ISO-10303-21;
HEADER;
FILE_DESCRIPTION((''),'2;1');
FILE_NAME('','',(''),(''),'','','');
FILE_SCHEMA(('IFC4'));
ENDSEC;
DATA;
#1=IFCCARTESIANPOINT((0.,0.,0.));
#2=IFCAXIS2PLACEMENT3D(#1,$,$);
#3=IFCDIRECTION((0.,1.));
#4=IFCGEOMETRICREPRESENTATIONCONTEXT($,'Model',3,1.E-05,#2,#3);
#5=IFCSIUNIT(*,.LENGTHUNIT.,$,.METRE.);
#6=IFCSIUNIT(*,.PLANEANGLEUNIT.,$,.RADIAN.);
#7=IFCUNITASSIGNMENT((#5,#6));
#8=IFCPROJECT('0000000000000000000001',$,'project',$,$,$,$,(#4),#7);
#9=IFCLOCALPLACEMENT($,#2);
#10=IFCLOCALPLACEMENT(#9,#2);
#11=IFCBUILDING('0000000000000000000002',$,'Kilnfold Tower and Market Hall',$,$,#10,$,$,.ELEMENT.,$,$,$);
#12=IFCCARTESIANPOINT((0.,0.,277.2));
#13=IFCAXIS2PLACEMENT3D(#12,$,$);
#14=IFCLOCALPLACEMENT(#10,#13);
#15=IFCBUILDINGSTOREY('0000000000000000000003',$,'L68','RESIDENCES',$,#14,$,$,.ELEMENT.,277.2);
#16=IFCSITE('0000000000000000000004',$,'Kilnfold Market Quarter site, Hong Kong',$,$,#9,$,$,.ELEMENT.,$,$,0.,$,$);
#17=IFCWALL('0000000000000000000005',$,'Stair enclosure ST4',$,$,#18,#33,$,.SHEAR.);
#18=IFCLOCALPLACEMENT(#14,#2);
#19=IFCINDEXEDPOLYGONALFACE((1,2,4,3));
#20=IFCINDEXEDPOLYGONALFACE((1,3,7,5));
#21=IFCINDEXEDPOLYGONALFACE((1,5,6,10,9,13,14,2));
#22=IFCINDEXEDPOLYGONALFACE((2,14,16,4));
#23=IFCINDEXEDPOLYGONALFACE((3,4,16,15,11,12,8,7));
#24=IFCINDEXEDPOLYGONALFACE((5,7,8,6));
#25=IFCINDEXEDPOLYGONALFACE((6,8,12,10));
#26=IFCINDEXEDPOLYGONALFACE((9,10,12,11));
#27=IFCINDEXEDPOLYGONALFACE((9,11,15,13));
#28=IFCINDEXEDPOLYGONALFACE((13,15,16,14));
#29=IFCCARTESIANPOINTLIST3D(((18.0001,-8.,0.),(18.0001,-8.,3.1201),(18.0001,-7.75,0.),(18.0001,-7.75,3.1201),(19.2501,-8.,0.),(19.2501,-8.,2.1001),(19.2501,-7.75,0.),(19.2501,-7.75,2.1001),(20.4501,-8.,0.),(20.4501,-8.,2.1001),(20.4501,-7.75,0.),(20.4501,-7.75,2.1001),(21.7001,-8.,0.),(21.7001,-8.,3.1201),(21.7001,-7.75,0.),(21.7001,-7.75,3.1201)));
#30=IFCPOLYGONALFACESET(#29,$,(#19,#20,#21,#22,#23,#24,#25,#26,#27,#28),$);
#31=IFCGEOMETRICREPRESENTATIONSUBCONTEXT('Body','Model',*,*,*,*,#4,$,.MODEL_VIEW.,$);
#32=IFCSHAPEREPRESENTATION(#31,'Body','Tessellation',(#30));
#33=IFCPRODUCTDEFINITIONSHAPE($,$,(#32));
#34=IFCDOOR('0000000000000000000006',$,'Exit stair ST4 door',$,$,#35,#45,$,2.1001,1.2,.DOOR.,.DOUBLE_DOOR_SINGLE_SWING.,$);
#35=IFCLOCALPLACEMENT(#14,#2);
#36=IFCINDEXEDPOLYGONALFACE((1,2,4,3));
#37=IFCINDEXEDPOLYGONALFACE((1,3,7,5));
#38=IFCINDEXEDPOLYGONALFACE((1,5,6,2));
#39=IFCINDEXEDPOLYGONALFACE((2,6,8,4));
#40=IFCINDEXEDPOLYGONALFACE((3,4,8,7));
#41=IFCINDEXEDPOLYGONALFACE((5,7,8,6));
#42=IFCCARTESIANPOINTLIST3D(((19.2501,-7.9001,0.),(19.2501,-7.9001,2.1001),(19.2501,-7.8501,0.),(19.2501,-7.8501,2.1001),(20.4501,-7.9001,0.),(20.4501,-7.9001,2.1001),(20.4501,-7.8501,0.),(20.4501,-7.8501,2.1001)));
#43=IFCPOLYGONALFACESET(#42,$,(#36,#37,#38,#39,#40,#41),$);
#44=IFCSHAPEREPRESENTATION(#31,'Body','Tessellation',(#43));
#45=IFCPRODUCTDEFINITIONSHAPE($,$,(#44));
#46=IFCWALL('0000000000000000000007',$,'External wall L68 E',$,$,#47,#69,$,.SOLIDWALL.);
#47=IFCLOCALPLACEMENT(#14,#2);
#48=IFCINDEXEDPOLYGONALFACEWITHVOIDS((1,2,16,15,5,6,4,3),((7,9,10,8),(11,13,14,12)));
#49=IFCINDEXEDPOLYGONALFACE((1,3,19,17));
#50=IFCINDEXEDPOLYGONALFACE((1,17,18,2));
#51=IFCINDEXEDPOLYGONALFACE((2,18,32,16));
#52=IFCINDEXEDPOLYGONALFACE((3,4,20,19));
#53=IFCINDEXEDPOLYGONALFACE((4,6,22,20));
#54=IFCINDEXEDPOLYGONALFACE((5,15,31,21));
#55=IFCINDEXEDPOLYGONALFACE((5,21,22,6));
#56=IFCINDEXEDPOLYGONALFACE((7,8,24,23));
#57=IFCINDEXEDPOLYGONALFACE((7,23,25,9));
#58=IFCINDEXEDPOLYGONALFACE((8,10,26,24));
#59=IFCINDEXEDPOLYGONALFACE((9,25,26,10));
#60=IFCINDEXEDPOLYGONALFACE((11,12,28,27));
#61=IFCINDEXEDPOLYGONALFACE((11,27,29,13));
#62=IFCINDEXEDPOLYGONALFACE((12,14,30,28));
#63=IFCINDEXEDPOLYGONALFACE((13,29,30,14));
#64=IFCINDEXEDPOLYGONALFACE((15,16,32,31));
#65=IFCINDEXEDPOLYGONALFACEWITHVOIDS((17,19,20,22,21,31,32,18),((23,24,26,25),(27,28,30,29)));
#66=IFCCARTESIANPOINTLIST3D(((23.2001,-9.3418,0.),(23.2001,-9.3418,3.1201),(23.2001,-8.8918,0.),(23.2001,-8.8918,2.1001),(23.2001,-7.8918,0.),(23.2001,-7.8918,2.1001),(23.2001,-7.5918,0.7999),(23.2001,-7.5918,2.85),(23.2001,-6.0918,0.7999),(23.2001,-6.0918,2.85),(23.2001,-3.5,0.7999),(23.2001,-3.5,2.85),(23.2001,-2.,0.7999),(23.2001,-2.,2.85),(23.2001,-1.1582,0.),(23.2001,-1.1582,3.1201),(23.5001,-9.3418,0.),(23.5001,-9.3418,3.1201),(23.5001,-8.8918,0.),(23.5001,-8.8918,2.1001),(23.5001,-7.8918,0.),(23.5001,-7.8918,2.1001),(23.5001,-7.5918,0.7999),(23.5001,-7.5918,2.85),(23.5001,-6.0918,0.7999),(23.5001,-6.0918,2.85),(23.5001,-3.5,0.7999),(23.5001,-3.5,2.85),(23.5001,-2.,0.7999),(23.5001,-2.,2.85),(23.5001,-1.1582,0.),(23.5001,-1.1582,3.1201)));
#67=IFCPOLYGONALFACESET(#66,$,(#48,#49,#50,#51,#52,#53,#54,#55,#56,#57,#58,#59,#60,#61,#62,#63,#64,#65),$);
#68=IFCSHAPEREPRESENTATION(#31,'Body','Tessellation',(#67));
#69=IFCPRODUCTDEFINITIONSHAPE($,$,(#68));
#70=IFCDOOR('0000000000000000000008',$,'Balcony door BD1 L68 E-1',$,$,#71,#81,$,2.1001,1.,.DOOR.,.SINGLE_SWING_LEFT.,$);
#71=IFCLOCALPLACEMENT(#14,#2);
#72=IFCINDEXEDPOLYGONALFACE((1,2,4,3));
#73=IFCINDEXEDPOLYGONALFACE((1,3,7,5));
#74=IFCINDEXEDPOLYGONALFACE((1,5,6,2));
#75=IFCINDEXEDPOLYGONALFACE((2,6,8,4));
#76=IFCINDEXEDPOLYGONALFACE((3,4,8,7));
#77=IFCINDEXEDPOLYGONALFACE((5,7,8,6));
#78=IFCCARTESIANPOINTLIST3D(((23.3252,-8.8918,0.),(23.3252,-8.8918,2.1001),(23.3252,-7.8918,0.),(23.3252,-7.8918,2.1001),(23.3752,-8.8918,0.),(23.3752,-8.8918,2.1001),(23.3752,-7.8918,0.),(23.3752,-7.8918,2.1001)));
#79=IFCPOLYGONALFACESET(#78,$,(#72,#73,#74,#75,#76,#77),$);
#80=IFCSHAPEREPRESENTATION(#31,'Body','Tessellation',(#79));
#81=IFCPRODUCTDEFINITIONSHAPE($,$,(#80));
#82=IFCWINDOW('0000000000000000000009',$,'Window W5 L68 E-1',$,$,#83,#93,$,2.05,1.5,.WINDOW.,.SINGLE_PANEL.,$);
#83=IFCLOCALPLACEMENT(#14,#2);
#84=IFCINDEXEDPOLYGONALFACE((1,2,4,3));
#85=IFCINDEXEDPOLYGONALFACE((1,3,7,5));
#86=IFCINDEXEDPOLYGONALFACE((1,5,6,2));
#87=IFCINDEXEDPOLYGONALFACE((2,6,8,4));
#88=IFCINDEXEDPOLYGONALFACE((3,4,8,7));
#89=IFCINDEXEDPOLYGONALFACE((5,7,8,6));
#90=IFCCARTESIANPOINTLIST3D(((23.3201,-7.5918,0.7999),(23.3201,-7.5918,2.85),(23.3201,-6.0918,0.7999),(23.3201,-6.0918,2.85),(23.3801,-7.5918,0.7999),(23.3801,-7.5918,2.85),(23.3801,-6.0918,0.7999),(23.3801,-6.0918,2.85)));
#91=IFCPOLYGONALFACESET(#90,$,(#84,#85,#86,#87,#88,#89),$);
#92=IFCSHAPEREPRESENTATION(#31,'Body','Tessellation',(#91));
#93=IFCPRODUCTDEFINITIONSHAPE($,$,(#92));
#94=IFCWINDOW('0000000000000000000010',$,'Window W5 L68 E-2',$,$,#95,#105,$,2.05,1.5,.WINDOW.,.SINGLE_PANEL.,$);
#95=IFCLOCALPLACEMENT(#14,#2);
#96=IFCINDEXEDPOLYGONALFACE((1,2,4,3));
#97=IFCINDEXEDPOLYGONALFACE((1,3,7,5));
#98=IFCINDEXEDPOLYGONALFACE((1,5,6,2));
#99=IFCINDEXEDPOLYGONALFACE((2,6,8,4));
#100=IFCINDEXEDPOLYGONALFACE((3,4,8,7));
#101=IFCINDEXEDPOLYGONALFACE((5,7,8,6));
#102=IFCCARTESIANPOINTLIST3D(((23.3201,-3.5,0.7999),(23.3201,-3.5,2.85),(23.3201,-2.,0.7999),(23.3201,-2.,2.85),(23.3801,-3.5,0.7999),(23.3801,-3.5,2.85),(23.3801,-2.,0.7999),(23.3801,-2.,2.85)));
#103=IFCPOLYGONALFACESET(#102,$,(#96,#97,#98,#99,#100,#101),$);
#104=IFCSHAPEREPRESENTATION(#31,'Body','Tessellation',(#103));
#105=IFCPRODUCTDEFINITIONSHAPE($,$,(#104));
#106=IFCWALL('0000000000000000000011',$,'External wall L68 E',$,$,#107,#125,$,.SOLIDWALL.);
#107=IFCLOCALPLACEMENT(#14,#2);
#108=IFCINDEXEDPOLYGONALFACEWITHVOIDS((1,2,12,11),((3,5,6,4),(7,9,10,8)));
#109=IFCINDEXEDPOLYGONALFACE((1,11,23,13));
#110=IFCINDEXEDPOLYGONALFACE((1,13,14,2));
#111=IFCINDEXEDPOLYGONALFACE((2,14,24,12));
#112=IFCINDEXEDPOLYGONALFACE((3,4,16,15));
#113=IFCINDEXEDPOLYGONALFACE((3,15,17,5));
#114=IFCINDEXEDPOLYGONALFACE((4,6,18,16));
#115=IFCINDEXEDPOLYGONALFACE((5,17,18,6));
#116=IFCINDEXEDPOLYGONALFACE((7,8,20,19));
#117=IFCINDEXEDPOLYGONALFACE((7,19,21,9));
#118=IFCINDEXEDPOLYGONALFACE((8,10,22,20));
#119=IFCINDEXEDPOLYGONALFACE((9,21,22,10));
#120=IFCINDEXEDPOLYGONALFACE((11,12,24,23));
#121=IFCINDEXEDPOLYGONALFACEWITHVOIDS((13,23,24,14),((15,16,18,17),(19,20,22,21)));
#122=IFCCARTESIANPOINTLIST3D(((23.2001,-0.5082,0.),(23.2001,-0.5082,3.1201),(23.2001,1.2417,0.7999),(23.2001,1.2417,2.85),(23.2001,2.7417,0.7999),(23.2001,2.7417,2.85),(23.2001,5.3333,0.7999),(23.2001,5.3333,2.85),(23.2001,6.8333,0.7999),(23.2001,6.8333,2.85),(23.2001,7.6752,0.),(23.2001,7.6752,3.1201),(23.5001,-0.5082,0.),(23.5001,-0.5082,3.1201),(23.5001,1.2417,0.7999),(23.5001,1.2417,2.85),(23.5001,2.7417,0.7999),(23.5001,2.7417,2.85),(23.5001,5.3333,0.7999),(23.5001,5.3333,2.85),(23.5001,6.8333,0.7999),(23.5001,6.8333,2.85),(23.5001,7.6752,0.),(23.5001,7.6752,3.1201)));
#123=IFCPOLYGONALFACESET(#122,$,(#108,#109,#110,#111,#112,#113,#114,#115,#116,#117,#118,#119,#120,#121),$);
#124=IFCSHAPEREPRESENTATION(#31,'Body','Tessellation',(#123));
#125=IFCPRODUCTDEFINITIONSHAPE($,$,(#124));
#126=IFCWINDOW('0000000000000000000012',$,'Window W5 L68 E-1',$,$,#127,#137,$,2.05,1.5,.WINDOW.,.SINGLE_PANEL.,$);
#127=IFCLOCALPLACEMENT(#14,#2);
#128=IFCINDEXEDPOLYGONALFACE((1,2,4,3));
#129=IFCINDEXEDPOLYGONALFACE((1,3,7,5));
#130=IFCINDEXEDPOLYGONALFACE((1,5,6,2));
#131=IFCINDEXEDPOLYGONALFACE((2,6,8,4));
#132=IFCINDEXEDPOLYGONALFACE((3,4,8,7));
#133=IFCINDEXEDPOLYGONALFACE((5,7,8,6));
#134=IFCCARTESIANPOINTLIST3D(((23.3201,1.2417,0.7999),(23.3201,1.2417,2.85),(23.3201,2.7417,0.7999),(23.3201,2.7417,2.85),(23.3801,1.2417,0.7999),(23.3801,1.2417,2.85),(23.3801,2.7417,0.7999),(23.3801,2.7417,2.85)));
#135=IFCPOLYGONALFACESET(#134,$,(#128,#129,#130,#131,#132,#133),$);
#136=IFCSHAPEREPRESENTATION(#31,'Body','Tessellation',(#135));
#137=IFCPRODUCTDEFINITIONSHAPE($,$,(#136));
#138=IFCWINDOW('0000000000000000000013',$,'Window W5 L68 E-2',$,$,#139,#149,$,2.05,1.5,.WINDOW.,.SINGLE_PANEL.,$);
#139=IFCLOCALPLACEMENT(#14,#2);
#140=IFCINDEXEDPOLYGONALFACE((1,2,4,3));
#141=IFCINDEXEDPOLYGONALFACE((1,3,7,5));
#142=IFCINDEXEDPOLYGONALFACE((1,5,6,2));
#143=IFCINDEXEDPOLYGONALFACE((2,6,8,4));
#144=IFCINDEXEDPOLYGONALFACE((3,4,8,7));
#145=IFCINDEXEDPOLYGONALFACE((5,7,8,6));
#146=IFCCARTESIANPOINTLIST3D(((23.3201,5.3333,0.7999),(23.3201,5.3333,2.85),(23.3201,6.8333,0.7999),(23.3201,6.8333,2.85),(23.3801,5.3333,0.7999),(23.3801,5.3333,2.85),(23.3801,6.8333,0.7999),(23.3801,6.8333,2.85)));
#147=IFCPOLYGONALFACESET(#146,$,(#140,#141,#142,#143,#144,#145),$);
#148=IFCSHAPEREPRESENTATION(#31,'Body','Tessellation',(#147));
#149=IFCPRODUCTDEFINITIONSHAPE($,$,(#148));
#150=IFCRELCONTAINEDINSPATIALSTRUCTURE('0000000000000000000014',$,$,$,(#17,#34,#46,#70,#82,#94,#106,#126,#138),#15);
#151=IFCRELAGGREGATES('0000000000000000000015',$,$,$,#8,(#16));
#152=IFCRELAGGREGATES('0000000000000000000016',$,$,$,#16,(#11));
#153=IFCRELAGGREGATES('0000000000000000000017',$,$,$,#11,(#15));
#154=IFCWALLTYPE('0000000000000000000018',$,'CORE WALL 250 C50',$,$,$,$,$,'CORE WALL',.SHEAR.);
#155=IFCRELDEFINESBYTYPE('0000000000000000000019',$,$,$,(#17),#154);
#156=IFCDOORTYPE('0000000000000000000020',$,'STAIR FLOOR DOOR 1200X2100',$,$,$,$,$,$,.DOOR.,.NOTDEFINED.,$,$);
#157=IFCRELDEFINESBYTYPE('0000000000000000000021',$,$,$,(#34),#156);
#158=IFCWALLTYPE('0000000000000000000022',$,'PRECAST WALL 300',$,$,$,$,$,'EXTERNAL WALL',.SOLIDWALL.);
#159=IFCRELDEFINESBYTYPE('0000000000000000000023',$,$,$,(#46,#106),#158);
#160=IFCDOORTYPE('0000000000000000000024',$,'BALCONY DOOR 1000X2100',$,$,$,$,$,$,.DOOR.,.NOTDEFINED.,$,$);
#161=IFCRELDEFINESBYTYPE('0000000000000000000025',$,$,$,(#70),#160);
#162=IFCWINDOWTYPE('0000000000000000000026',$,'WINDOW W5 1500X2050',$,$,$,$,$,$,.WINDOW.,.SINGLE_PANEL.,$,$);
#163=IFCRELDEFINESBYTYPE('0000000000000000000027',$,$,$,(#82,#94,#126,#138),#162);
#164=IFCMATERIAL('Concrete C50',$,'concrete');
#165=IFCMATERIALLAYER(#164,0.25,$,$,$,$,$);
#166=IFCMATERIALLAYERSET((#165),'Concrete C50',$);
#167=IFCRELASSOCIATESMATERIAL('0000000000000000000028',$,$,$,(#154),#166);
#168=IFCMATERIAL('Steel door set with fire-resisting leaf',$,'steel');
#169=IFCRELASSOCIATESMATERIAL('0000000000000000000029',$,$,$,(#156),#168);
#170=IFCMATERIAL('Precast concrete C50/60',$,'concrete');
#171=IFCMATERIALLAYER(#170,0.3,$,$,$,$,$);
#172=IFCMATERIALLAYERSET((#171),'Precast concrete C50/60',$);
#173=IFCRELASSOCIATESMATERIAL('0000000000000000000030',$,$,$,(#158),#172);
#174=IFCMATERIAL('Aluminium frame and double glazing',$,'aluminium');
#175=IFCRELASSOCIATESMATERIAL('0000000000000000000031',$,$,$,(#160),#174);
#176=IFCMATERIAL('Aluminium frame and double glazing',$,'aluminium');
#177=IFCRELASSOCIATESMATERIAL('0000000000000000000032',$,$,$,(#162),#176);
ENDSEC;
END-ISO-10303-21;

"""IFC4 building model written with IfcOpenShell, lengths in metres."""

from ifc_helpers import new_model, si_unit, direction, frame, frame_2d, origin, place, context, subcontext, project, spatial, rectangle, extrude, source, transform, mapped, material, layer, layer_set, type_object, element, fill, save


model = new_model("IFC4")

# Units and contexts
model_context = context("Model", 3, precision=1e-05, world=origin(), true_north=direction((0.0, 1.0)))
body_context = subcontext(model_context, "Body", "Model", "MODEL_VIEW")
ifc_project = project(units=[si_unit("LENGTHUNIT", "METRE"), si_unit("PLANEANGLEUNIT", "RADIAN")], contexts=[model_context])

# Site, building, storey
site_placement = place(None, origin())
site = spatial("IfcSite", under=ifc_project, at=site_placement, Name="Kilnfold Market Quarter site, Hong Kong", CompositionType="ELEMENT", RefElevation=0.0)
building_placement = place(site_placement, origin())
building = spatial("IfcBuilding", under=site, at=building_placement, Name="Kilnfold Tower and Market Hall", CompositionType="ELEMENT")
storey_placement = place(building_placement, frame((0.0, 0.0, 277.2)))
storey = spatial("IfcBuildingStorey", under=building, at=storey_placement, Name="L68", Description="RESIDENCES", CompositionType="ELEMENT", Elevation=277.2)

# Wall, opening, door
ifc_material_1 = material(Name="Concrete C50", Category="concrete")
ifc_layer_1 = layer(ifc_material_1, 0.25)
ifc_layer_set_1 = layer_set([ifc_layer_1], Name="Concrete C50")
wall_type_1 = type_object("IfcWallType", Name="CORE WALL 250 C50", ElementType="CORE WALL", PredefinedType="SHEAR", material=ifc_layer_set_1)
shared_shape_1 = source(origin(), body_context, "Body", "SweptSolid", [
    extrude(rectangle(XDim=3.7, YDim=0.25, at=frame_2d((1.8501, 0.0))), origin(), (0.0, 0.0, 1.0), 3.1201),
])
wall_1_placement = place(storey_placement, frame((18.0, -7.875, 0.0), z_axis=(0.0, 0.0, 1.0), x_axis=(1.0, 0.0, 0.0)))
wall_1 = element("IfcWall", 1, at=wall_1_placement, inside=storey, type_object=wall_type_1, Name="Stair enclosure ST4", PredefinedType="SHEAR", context=body_context, shape_type="MappedRepresentation", body=[
    mapped(shared_shape_1, transform((0.0, 0.0, 0.0))),
])
opening_1_placement = place(wall_1_placement, frame((1.25, 0.0, 0.0)))
opening_1 = element("IfcOpeningElement", 2, at=opening_1_placement, cuts=wall_1, PredefinedType="OPENING", context=body_context, shape_type="SweptSolid", body=[
    extrude(rectangle(XDim=1.2, YDim=2.1001, at=frame_2d((0.6001, 1.05))), frame((0.0, 0.135, 0.0), z_axis=(0.0, -1.0, 0.0), x_axis=(1.0, 0.0, 0.0)), (0.0, 0.0, 1.0), 0.27),
])
ifc_material_2 = material(Name="Steel door set with fire-resisting leaf", Category="steel")
door_type_1 = type_object("IfcDoorType", Name="STAIR FLOOR DOOR 1200X2100", OperationType="NOTDEFINED", PredefinedType="DOOR", material=ifc_material_2)
door_1_placement = place(opening_1_placement, origin())
door_1 = element("IfcDoor", 3, at=door_1_placement, inside=storey, type_object=door_type_1, Name="Exit stair ST4 door", OperationType="DOUBLE_DOOR_SINGLE_SWING", OverallHeight=2.1001, OverallWidth=1.2, PredefinedType="DOOR", context=body_context, shape_type="SweptSolid", body=[
    extrude(rectangle(XDim=1.2, YDim=2.1001, at=frame_2d((0.6001, 1.05))), frame((0.0, 0.0249, 0.0), z_axis=(0.0, -1.0, 0.0), x_axis=(1.0, 0.0, 0.0)), (0.0, 0.0, 1.0), 0.05),
])
fill(opening_1, door_1)

# Wall, openings, door, windows
ifc_material_3 = material(Name="Precast concrete C50/60", Category="concrete")
ifc_layer_2 = layer(ifc_material_3, 0.3)
ifc_layer_set_2 = layer_set([ifc_layer_2], Name="Precast concrete C50/60")
wall_type_2 = type_object("IfcWallType", Name="PRECAST WALL 300", ElementType="EXTERNAL WALL", PredefinedType="SOLIDWALL", material=ifc_layer_set_2)
shared_shape_2 = source(origin(), body_context, "Body", "SweptSolid", [
    extrude(rectangle(XDim=8.1836, YDim=0.3, at=frame_2d((4.0918, 0.0))), origin(), (0.0, 0.0, 1.0), 3.1201),
])
wall_2_placement = place(storey_placement, frame((23.3501, -9.3418, 0.0), z_axis=(0.0, 0.0, 1.0), x_axis=(0.0, 1.0, 0.0)))
wall_2 = element("IfcWall", 4, at=wall_2_placement, inside=storey, type_object=wall_type_2, Name="External wall L68 E", PredefinedType="SOLIDWALL", context=body_context, shape_type="MappedRepresentation", body=[
    mapped(shared_shape_2, transform((0.0, 0.0, 0.0))),
])
opening_2_placement = place(wall_2_placement, frame((1.75, 0.0, 0.8)))
opening_2 = element("IfcOpeningElement", 5, at=opening_2_placement, cuts=wall_2, PredefinedType="OPENING", context=body_context, shape_type="SweptSolid", body=[
    extrude(rectangle(XDim=1.5, YDim=2.05, at=frame_2d((0.75, 1.0249))), frame((0.0, 0.1602, 0.0), z_axis=(0.0, -1.0, 0.0), x_axis=(1.0, 0.0, 0.0)), (0.0, 0.0, 1.0), 0.3201),
])
opening_3_placement = place(wall_2_placement, frame((0.45, 0.0, 0.0)))
opening_3 = element("IfcOpeningElement", 6, at=opening_3_placement, cuts=wall_2, PredefinedType="OPENING", context=body_context, shape_type="SweptSolid", body=[
    extrude(rectangle(XDim=1.0, YDim=2.1001, at=frame_2d((0.5, 1.05))), frame((0.0, 0.1602, 0.0), z_axis=(0.0, -1.0, 0.0), x_axis=(1.0, 0.0, 0.0)), (0.0, 0.0, 1.0), 0.3201),
])
opening_4_placement = place(wall_2_placement, frame((5.8418, 0.0, 0.8)))
opening_4 = element("IfcOpeningElement", 7, at=opening_4_placement, cuts=wall_2, PredefinedType="OPENING", context=body_context, shape_type="SweptSolid", body=[
    extrude(rectangle(XDim=1.5, YDim=2.05, at=frame_2d((0.75, 1.0249))), frame((0.0, 0.1602, 0.0), z_axis=(0.0, -1.0, 0.0), x_axis=(1.0, 0.0, 0.0)), (0.0, 0.0, 1.0), 0.3201),
])
ifc_material_4 = material(Name="Aluminium frame and double glazing", Category="aluminium")
door_type_2 = type_object("IfcDoorType", Name="BALCONY DOOR 1000X2100", OperationType="NOTDEFINED", PredefinedType="DOOR", material=ifc_material_4)
door_2_placement = place(opening_3_placement, origin())
door_2 = element("IfcDoor", 8, at=door_2_placement, inside=storey, type_object=door_type_2, Name="Balcony door BD1 L68 E-1", OperationType="SINGLE_SWING_LEFT", OverallHeight=2.1001, OverallWidth=1.0, PredefinedType="DOOR", context=body_context, shape_type="SweptSolid", body=[
    extrude(rectangle(XDim=1.0, YDim=2.1001, at=frame_2d((0.5, 1.05))), frame((0.0, 0.0249, 0.0), z_axis=(0.0, -1.0, 0.0), x_axis=(1.0, 0.0, 0.0)), (0.0, 0.0, 1.0), 0.05),
])
fill(opening_3, door_2)
ifc_material_5 = material(Name="Aluminium frame and double glazing", Category="aluminium")
window_type = type_object("IfcWindowType", Name="WINDOW W5 1500X2050", PartitioningType="SINGLE_PANEL", PredefinedType="WINDOW", material=ifc_material_5)
window_1_placement = place(opening_2_placement, origin())
window_1 = element("IfcWindow", 9, at=window_1_placement, inside=storey, type_object=window_type, Name="Window W5 L68 E-1", OverallHeight=2.05, OverallWidth=1.5, PartitioningType="SINGLE_PANEL", PredefinedType="WINDOW", context=body_context, shape_type="SweptSolid", body=[
    extrude(rectangle(XDim=1.5, YDim=2.05, at=frame_2d((0.75, 1.0249))), frame((0.0, 0.03, 0.0), z_axis=(0.0, -1.0, 0.0), x_axis=(1.0, 0.0, 0.0)), (0.0, 0.0, 1.0), 0.0601),
])
fill(opening_2, window_1)
window_2_placement = place(opening_4_placement, origin())
window_2 = element("IfcWindow", 10, at=window_2_placement, inside=storey, type_object=window_type, Name="Window W5 L68 E-2", OverallHeight=2.05, OverallWidth=1.5, PartitioningType="SINGLE_PANEL", PredefinedType="WINDOW", context=body_context, shape_type="SweptSolid", body=[
    extrude(rectangle(XDim=1.5, YDim=2.05, at=frame_2d((0.75, 1.0249))), frame((0.0, 0.03, 0.0), z_axis=(0.0, -1.0, 0.0), x_axis=(1.0, 0.0, 0.0)), (0.0, 0.0, 1.0), 0.0601),
])
fill(opening_4, window_2)

# Wall, openings, windows
shared_shape_3 = source(origin(), body_context, "Body", "SweptSolid", [
    extrude(rectangle(XDim=8.1833, YDim=0.3, at=frame_2d((4.0918, 0.0))), origin(), (0.0, 0.0, 1.0), 3.1201),
])
wall_3_placement = place(storey_placement, frame((23.3501, -0.5083, 0.0), z_axis=(0.0, 0.0, 1.0), x_axis=(0.0, 1.0, 0.0)))
wall_3 = element("IfcWall", 11, at=wall_3_placement, inside=storey, type_object=wall_type_2, Name="External wall L68 E", PredefinedType="SOLIDWALL", context=body_context, shape_type="MappedRepresentation", body=[
    mapped(shared_shape_3, transform((0.0, 0.0, 0.0))),
])
opening_5_placement = place(wall_3_placement, frame((1.75, 0.0, 0.8)))
opening_5 = element("IfcOpeningElement", 12, at=opening_5_placement, cuts=wall_3, PredefinedType="OPENING", context=body_context, shape_type="SweptSolid", body=[
    extrude(rectangle(XDim=1.5, YDim=2.05, at=frame_2d((0.75, 1.0249))), frame((0.0, 0.1602, 0.0), z_axis=(0.0, -1.0, 0.0), x_axis=(1.0, 0.0, 0.0)), (0.0, 0.0, 1.0), 0.3201),
])
opening_6_placement = place(wall_3_placement, frame((5.8416, 0.0, 0.8)))
opening_6 = element("IfcOpeningElement", 13, at=opening_6_placement, cuts=wall_3, PredefinedType="OPENING", context=body_context, shape_type="SweptSolid", body=[
    extrude(rectangle(XDim=1.5, YDim=2.05, at=frame_2d((0.75, 1.0249))), frame((0.0, 0.1602, 0.0), z_axis=(0.0, -1.0, 0.0), x_axis=(1.0, 0.0, 0.0)), (0.0, 0.0, 1.0), 0.3201),
])
window_3_placement = place(opening_5_placement, origin())
window_3 = element("IfcWindow", 14, at=window_3_placement, inside=storey, type_object=window_type, Name="Window W5 L68 E-1", OverallHeight=2.05, OverallWidth=1.5, PartitioningType="SINGLE_PANEL", PredefinedType="WINDOW", context=body_context, shape_type="SweptSolid", body=[
    extrude(rectangle(XDim=1.5, YDim=2.05, at=frame_2d((0.75, 1.0249))), frame((0.0, 0.03, 0.0), z_axis=(0.0, -1.0, 0.0), x_axis=(1.0, 0.0, 0.0)), (0.0, 0.0, 1.0), 0.0601),
])
fill(opening_5, window_3)
window_4_placement = place(opening_6_placement, origin())
window_4 = element("IfcWindow", 15, at=window_4_placement, inside=storey, type_object=window_type, Name="Window W5 L68 E-2", OverallHeight=2.05, OverallWidth=1.5, PartitioningType="SINGLE_PANEL", PredefinedType="WINDOW", context=body_context, shape_type="SweptSolid", body=[
    extrude(rectangle(XDim=1.5, YDim=2.05, at=frame_2d((0.75, 1.0249))), frame((0.0, 0.03, 0.0), z_axis=(0.0, -1.0, 0.0), x_axis=(1.0, 0.0, 0.0)), (0.0, 0.0, 1.0), 0.0601),
])
fill(opening_6, window_4)

save(model, "model.ifc")
